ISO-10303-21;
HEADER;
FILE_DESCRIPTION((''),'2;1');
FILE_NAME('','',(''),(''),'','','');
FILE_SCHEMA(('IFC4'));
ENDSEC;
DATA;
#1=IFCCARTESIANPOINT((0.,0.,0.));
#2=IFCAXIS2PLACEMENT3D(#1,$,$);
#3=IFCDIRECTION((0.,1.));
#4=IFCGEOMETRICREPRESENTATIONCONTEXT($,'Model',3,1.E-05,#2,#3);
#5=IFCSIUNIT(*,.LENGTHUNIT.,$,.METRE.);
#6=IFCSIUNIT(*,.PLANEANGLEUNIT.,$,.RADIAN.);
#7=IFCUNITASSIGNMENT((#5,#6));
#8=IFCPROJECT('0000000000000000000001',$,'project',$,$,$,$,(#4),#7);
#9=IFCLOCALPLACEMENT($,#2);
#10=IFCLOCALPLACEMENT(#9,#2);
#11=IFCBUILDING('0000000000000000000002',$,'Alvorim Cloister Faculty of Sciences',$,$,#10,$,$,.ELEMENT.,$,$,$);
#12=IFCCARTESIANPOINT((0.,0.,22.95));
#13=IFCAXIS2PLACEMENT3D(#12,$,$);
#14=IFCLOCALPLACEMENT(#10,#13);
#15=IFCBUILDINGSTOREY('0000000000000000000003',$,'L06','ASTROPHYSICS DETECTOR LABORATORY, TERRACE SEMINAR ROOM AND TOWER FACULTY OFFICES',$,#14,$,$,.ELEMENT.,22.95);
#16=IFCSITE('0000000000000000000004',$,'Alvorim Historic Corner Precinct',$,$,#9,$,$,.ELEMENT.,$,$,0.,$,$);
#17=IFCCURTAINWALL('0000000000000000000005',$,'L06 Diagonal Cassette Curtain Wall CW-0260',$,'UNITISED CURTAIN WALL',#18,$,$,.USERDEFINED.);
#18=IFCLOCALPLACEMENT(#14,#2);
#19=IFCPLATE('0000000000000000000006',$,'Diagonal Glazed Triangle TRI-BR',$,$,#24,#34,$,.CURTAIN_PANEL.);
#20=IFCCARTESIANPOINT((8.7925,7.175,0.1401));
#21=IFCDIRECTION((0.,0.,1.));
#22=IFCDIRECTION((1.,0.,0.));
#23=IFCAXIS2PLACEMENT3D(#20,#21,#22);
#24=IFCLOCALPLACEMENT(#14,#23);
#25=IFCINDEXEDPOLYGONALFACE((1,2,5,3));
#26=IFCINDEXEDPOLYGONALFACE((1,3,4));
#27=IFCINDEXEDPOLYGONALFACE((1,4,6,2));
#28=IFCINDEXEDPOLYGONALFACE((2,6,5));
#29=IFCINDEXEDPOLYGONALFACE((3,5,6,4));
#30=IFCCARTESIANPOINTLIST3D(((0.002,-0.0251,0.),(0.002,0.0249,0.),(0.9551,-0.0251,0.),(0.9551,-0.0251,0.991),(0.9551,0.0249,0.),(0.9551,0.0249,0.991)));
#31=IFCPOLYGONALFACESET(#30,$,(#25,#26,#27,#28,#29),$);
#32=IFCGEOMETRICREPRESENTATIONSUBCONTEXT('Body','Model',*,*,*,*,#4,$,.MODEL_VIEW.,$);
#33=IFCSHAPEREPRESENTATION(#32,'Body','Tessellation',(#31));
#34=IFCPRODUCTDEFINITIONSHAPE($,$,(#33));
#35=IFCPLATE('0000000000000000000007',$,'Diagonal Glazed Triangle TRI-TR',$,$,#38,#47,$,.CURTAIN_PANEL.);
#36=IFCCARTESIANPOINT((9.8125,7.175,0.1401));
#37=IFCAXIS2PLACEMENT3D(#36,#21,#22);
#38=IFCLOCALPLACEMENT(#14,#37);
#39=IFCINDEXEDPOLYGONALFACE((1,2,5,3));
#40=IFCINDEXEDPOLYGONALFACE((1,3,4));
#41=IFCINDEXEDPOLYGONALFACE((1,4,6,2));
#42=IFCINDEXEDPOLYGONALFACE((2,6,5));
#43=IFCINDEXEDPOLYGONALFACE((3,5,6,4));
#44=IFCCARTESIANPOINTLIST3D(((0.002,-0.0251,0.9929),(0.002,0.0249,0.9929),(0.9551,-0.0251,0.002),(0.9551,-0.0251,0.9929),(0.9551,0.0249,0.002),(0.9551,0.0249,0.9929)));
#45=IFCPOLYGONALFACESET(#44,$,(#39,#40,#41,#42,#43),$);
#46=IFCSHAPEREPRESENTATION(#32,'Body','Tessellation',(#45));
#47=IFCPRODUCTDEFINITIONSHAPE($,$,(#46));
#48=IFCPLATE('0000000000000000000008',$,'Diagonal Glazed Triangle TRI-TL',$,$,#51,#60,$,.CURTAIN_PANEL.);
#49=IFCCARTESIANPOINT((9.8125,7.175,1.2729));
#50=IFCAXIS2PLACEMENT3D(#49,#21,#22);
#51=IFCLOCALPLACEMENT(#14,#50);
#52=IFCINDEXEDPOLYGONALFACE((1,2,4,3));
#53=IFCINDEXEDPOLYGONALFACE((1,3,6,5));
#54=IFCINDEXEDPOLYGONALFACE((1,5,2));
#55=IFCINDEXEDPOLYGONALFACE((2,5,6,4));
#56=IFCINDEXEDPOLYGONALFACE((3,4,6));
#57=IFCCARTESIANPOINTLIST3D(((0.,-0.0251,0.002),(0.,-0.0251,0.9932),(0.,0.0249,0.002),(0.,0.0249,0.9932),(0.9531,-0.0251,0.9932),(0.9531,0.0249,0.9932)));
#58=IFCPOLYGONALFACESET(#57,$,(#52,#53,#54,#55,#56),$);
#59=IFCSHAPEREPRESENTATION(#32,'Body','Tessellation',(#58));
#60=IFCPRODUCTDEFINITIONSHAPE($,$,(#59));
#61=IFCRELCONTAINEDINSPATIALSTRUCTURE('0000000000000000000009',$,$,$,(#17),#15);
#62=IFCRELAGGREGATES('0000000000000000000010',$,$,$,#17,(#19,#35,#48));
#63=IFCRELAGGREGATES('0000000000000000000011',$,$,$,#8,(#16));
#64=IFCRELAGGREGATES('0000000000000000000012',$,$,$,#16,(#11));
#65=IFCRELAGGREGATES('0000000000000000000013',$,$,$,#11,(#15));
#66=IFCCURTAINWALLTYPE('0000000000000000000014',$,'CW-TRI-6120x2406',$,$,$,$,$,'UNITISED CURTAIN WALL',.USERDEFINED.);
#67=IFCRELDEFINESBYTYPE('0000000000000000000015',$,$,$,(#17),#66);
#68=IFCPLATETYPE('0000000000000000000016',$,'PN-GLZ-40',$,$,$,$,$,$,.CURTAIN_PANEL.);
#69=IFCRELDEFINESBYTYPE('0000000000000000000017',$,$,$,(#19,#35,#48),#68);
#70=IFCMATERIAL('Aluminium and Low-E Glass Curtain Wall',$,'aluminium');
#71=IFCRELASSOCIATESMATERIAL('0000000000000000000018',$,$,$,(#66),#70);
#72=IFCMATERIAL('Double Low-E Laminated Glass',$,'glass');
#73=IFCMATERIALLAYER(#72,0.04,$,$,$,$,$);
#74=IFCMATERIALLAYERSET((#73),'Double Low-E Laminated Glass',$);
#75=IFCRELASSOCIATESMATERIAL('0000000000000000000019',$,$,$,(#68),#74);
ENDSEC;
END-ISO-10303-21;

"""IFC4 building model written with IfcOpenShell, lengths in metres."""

from ifc_helpers import new_model, si_unit, direction, frame, origin, place, context, subcontext, project, spatial, polyline, outline, extrude, material, layer, layer_set, type_object, element, aggregate, save


model = new_model("IFC4")

# Units and contexts
model_context = context("Model", 3, precision=1e-05, world=origin(), true_north=direction((0.0, 1.0)))
body_context = subcontext(model_context, "Body", "Model", "MODEL_VIEW")
ifc_project = project(units=[si_unit("LENGTHUNIT", "METRE"), si_unit("PLANEANGLEUNIT", "RADIAN")], contexts=[model_context])

# Site, building, storey
site_placement = place(None, origin())
site = spatial("IfcSite", under=ifc_project, at=site_placement, Name="Alvorim Historic Corner Precinct", CompositionType="ELEMENT", RefElevation=0.0)
building_placement = place(site_placement, origin())
building = spatial("IfcBuilding", under=site, at=building_placement, Name="Alvorim Cloister Faculty of Sciences", CompositionType="ELEMENT")
storey_placement = place(building_placement, frame((0.0, 0.0, 22.95)))
storey = spatial("IfcBuildingStorey", under=building, at=storey_placement, Name="L06", Description="ASTROPHYSICS DETECTOR LABORATORY, TERRACE SEMINAR ROOM AND TOWER FACULTY OFFICES", CompositionType="ELEMENT", Elevation=22.95)

# Curtain wall, plates
ifc_material_1 = material(Name="Aluminium and Low-E Glass Curtain Wall", Category="aluminium")
curtain_wall_type = type_object("IfcCurtainWallType", Name="CW-TRI-6120x2406", ElementType="UNITISED CURTAIN WALL", PredefinedType="USERDEFINED", material=ifc_material_1)
curtain_wall_placement = place(storey_placement, origin())
curtain_wall = element("IfcCurtainWall", 1, at=curtain_wall_placement, inside=storey, type_object=curtain_wall_type, Name="L06 Diagonal Cassette Curtain Wall CW-0260", ObjectType="UNITISED CURTAIN WALL", PredefinedType="USERDEFINED")
ifc_material_2 = material(Name="Double Low-E Laminated Glass", Category="glass")
ifc_layer = layer(ifc_material_2, 0.04)
ifc_layer_set = layer_set([ifc_layer], Name="Double Low-E Laminated Glass")
plate_type = type_object("IfcPlateType", Name="PN-GLZ-40", PredefinedType="CURTAIN_PANEL", material=ifc_layer_set)
plate_1_placement = place(storey_placement, frame((8.7925, 7.175, 0.1401), z_axis=(0.0, 0.0, 1.0), x_axis=(1.0, 0.0, 0.0)))
plate_1 = element("IfcPlate", 2, at=plate_1_placement, type_object=plate_type, Name="Diagonal Glazed Triangle TRI-BR", PredefinedType="CURTAIN_PANEL", context=body_context, shape_type="SweptSolid", body=[
    extrude(outline(polyline([(0.002, 0.0), (0.9551, 0.0), (0.9551, 0.991), (0.002, 0.0)])), frame((0.0, 0.0249, 0.0), z_axis=(0.0, -1.0, 0.0), x_axis=(1.0, 0.0, 0.0)), (0.0, 0.0, 1.0), 0.05),
])
plate_2_placement = place(storey_placement, frame((9.8125, 7.175, 0.1401), z_axis=(0.0, 0.0, 1.0), x_axis=(1.0, 0.0, 0.0)))
plate_2 = element("IfcPlate", 3, at=plate_2_placement, type_object=plate_type, Name="Diagonal Glazed Triangle TRI-TR", PredefinedType="CURTAIN_PANEL", context=body_context, shape_type="SweptSolid", body=[
    extrude(outline(polyline([(0.9551, 0.002), (0.9551, 0.9929), (0.002, 0.9929), (0.9551, 0.002)])), frame((0.0, 0.0249, 0.0), z_axis=(0.0, -1.0, 0.0), x_axis=(1.0, 0.0, 0.0)), (0.0, 0.0, 1.0), 0.05),
])
plate_3_placement = place(storey_placement, frame((9.8125, 7.175, 1.2729), z_axis=(0.0, 0.0, 1.0), x_axis=(1.0, 0.0, 0.0)))
plate_3 = element("IfcPlate", 4, at=plate_3_placement, type_object=plate_type, Name="Diagonal Glazed Triangle TRI-TL", PredefinedType="CURTAIN_PANEL", context=body_context, shape_type="SweptSolid", body=[
    extrude(outline(polyline([(0.9531, 0.9932), (0.0, 0.9932), (0.0, 0.002), (0.9531, 0.9932)])), frame((0.0, 0.0249, 0.0), z_axis=(0.0, -1.0, 0.0), x_axis=(1.0, 0.0, 0.0)), (0.0, 0.0, 1.0), 0.05),
])
aggregate(curtain_wall, [plate_1, plate_2, plate_3])

save(model, "model.ifc")
